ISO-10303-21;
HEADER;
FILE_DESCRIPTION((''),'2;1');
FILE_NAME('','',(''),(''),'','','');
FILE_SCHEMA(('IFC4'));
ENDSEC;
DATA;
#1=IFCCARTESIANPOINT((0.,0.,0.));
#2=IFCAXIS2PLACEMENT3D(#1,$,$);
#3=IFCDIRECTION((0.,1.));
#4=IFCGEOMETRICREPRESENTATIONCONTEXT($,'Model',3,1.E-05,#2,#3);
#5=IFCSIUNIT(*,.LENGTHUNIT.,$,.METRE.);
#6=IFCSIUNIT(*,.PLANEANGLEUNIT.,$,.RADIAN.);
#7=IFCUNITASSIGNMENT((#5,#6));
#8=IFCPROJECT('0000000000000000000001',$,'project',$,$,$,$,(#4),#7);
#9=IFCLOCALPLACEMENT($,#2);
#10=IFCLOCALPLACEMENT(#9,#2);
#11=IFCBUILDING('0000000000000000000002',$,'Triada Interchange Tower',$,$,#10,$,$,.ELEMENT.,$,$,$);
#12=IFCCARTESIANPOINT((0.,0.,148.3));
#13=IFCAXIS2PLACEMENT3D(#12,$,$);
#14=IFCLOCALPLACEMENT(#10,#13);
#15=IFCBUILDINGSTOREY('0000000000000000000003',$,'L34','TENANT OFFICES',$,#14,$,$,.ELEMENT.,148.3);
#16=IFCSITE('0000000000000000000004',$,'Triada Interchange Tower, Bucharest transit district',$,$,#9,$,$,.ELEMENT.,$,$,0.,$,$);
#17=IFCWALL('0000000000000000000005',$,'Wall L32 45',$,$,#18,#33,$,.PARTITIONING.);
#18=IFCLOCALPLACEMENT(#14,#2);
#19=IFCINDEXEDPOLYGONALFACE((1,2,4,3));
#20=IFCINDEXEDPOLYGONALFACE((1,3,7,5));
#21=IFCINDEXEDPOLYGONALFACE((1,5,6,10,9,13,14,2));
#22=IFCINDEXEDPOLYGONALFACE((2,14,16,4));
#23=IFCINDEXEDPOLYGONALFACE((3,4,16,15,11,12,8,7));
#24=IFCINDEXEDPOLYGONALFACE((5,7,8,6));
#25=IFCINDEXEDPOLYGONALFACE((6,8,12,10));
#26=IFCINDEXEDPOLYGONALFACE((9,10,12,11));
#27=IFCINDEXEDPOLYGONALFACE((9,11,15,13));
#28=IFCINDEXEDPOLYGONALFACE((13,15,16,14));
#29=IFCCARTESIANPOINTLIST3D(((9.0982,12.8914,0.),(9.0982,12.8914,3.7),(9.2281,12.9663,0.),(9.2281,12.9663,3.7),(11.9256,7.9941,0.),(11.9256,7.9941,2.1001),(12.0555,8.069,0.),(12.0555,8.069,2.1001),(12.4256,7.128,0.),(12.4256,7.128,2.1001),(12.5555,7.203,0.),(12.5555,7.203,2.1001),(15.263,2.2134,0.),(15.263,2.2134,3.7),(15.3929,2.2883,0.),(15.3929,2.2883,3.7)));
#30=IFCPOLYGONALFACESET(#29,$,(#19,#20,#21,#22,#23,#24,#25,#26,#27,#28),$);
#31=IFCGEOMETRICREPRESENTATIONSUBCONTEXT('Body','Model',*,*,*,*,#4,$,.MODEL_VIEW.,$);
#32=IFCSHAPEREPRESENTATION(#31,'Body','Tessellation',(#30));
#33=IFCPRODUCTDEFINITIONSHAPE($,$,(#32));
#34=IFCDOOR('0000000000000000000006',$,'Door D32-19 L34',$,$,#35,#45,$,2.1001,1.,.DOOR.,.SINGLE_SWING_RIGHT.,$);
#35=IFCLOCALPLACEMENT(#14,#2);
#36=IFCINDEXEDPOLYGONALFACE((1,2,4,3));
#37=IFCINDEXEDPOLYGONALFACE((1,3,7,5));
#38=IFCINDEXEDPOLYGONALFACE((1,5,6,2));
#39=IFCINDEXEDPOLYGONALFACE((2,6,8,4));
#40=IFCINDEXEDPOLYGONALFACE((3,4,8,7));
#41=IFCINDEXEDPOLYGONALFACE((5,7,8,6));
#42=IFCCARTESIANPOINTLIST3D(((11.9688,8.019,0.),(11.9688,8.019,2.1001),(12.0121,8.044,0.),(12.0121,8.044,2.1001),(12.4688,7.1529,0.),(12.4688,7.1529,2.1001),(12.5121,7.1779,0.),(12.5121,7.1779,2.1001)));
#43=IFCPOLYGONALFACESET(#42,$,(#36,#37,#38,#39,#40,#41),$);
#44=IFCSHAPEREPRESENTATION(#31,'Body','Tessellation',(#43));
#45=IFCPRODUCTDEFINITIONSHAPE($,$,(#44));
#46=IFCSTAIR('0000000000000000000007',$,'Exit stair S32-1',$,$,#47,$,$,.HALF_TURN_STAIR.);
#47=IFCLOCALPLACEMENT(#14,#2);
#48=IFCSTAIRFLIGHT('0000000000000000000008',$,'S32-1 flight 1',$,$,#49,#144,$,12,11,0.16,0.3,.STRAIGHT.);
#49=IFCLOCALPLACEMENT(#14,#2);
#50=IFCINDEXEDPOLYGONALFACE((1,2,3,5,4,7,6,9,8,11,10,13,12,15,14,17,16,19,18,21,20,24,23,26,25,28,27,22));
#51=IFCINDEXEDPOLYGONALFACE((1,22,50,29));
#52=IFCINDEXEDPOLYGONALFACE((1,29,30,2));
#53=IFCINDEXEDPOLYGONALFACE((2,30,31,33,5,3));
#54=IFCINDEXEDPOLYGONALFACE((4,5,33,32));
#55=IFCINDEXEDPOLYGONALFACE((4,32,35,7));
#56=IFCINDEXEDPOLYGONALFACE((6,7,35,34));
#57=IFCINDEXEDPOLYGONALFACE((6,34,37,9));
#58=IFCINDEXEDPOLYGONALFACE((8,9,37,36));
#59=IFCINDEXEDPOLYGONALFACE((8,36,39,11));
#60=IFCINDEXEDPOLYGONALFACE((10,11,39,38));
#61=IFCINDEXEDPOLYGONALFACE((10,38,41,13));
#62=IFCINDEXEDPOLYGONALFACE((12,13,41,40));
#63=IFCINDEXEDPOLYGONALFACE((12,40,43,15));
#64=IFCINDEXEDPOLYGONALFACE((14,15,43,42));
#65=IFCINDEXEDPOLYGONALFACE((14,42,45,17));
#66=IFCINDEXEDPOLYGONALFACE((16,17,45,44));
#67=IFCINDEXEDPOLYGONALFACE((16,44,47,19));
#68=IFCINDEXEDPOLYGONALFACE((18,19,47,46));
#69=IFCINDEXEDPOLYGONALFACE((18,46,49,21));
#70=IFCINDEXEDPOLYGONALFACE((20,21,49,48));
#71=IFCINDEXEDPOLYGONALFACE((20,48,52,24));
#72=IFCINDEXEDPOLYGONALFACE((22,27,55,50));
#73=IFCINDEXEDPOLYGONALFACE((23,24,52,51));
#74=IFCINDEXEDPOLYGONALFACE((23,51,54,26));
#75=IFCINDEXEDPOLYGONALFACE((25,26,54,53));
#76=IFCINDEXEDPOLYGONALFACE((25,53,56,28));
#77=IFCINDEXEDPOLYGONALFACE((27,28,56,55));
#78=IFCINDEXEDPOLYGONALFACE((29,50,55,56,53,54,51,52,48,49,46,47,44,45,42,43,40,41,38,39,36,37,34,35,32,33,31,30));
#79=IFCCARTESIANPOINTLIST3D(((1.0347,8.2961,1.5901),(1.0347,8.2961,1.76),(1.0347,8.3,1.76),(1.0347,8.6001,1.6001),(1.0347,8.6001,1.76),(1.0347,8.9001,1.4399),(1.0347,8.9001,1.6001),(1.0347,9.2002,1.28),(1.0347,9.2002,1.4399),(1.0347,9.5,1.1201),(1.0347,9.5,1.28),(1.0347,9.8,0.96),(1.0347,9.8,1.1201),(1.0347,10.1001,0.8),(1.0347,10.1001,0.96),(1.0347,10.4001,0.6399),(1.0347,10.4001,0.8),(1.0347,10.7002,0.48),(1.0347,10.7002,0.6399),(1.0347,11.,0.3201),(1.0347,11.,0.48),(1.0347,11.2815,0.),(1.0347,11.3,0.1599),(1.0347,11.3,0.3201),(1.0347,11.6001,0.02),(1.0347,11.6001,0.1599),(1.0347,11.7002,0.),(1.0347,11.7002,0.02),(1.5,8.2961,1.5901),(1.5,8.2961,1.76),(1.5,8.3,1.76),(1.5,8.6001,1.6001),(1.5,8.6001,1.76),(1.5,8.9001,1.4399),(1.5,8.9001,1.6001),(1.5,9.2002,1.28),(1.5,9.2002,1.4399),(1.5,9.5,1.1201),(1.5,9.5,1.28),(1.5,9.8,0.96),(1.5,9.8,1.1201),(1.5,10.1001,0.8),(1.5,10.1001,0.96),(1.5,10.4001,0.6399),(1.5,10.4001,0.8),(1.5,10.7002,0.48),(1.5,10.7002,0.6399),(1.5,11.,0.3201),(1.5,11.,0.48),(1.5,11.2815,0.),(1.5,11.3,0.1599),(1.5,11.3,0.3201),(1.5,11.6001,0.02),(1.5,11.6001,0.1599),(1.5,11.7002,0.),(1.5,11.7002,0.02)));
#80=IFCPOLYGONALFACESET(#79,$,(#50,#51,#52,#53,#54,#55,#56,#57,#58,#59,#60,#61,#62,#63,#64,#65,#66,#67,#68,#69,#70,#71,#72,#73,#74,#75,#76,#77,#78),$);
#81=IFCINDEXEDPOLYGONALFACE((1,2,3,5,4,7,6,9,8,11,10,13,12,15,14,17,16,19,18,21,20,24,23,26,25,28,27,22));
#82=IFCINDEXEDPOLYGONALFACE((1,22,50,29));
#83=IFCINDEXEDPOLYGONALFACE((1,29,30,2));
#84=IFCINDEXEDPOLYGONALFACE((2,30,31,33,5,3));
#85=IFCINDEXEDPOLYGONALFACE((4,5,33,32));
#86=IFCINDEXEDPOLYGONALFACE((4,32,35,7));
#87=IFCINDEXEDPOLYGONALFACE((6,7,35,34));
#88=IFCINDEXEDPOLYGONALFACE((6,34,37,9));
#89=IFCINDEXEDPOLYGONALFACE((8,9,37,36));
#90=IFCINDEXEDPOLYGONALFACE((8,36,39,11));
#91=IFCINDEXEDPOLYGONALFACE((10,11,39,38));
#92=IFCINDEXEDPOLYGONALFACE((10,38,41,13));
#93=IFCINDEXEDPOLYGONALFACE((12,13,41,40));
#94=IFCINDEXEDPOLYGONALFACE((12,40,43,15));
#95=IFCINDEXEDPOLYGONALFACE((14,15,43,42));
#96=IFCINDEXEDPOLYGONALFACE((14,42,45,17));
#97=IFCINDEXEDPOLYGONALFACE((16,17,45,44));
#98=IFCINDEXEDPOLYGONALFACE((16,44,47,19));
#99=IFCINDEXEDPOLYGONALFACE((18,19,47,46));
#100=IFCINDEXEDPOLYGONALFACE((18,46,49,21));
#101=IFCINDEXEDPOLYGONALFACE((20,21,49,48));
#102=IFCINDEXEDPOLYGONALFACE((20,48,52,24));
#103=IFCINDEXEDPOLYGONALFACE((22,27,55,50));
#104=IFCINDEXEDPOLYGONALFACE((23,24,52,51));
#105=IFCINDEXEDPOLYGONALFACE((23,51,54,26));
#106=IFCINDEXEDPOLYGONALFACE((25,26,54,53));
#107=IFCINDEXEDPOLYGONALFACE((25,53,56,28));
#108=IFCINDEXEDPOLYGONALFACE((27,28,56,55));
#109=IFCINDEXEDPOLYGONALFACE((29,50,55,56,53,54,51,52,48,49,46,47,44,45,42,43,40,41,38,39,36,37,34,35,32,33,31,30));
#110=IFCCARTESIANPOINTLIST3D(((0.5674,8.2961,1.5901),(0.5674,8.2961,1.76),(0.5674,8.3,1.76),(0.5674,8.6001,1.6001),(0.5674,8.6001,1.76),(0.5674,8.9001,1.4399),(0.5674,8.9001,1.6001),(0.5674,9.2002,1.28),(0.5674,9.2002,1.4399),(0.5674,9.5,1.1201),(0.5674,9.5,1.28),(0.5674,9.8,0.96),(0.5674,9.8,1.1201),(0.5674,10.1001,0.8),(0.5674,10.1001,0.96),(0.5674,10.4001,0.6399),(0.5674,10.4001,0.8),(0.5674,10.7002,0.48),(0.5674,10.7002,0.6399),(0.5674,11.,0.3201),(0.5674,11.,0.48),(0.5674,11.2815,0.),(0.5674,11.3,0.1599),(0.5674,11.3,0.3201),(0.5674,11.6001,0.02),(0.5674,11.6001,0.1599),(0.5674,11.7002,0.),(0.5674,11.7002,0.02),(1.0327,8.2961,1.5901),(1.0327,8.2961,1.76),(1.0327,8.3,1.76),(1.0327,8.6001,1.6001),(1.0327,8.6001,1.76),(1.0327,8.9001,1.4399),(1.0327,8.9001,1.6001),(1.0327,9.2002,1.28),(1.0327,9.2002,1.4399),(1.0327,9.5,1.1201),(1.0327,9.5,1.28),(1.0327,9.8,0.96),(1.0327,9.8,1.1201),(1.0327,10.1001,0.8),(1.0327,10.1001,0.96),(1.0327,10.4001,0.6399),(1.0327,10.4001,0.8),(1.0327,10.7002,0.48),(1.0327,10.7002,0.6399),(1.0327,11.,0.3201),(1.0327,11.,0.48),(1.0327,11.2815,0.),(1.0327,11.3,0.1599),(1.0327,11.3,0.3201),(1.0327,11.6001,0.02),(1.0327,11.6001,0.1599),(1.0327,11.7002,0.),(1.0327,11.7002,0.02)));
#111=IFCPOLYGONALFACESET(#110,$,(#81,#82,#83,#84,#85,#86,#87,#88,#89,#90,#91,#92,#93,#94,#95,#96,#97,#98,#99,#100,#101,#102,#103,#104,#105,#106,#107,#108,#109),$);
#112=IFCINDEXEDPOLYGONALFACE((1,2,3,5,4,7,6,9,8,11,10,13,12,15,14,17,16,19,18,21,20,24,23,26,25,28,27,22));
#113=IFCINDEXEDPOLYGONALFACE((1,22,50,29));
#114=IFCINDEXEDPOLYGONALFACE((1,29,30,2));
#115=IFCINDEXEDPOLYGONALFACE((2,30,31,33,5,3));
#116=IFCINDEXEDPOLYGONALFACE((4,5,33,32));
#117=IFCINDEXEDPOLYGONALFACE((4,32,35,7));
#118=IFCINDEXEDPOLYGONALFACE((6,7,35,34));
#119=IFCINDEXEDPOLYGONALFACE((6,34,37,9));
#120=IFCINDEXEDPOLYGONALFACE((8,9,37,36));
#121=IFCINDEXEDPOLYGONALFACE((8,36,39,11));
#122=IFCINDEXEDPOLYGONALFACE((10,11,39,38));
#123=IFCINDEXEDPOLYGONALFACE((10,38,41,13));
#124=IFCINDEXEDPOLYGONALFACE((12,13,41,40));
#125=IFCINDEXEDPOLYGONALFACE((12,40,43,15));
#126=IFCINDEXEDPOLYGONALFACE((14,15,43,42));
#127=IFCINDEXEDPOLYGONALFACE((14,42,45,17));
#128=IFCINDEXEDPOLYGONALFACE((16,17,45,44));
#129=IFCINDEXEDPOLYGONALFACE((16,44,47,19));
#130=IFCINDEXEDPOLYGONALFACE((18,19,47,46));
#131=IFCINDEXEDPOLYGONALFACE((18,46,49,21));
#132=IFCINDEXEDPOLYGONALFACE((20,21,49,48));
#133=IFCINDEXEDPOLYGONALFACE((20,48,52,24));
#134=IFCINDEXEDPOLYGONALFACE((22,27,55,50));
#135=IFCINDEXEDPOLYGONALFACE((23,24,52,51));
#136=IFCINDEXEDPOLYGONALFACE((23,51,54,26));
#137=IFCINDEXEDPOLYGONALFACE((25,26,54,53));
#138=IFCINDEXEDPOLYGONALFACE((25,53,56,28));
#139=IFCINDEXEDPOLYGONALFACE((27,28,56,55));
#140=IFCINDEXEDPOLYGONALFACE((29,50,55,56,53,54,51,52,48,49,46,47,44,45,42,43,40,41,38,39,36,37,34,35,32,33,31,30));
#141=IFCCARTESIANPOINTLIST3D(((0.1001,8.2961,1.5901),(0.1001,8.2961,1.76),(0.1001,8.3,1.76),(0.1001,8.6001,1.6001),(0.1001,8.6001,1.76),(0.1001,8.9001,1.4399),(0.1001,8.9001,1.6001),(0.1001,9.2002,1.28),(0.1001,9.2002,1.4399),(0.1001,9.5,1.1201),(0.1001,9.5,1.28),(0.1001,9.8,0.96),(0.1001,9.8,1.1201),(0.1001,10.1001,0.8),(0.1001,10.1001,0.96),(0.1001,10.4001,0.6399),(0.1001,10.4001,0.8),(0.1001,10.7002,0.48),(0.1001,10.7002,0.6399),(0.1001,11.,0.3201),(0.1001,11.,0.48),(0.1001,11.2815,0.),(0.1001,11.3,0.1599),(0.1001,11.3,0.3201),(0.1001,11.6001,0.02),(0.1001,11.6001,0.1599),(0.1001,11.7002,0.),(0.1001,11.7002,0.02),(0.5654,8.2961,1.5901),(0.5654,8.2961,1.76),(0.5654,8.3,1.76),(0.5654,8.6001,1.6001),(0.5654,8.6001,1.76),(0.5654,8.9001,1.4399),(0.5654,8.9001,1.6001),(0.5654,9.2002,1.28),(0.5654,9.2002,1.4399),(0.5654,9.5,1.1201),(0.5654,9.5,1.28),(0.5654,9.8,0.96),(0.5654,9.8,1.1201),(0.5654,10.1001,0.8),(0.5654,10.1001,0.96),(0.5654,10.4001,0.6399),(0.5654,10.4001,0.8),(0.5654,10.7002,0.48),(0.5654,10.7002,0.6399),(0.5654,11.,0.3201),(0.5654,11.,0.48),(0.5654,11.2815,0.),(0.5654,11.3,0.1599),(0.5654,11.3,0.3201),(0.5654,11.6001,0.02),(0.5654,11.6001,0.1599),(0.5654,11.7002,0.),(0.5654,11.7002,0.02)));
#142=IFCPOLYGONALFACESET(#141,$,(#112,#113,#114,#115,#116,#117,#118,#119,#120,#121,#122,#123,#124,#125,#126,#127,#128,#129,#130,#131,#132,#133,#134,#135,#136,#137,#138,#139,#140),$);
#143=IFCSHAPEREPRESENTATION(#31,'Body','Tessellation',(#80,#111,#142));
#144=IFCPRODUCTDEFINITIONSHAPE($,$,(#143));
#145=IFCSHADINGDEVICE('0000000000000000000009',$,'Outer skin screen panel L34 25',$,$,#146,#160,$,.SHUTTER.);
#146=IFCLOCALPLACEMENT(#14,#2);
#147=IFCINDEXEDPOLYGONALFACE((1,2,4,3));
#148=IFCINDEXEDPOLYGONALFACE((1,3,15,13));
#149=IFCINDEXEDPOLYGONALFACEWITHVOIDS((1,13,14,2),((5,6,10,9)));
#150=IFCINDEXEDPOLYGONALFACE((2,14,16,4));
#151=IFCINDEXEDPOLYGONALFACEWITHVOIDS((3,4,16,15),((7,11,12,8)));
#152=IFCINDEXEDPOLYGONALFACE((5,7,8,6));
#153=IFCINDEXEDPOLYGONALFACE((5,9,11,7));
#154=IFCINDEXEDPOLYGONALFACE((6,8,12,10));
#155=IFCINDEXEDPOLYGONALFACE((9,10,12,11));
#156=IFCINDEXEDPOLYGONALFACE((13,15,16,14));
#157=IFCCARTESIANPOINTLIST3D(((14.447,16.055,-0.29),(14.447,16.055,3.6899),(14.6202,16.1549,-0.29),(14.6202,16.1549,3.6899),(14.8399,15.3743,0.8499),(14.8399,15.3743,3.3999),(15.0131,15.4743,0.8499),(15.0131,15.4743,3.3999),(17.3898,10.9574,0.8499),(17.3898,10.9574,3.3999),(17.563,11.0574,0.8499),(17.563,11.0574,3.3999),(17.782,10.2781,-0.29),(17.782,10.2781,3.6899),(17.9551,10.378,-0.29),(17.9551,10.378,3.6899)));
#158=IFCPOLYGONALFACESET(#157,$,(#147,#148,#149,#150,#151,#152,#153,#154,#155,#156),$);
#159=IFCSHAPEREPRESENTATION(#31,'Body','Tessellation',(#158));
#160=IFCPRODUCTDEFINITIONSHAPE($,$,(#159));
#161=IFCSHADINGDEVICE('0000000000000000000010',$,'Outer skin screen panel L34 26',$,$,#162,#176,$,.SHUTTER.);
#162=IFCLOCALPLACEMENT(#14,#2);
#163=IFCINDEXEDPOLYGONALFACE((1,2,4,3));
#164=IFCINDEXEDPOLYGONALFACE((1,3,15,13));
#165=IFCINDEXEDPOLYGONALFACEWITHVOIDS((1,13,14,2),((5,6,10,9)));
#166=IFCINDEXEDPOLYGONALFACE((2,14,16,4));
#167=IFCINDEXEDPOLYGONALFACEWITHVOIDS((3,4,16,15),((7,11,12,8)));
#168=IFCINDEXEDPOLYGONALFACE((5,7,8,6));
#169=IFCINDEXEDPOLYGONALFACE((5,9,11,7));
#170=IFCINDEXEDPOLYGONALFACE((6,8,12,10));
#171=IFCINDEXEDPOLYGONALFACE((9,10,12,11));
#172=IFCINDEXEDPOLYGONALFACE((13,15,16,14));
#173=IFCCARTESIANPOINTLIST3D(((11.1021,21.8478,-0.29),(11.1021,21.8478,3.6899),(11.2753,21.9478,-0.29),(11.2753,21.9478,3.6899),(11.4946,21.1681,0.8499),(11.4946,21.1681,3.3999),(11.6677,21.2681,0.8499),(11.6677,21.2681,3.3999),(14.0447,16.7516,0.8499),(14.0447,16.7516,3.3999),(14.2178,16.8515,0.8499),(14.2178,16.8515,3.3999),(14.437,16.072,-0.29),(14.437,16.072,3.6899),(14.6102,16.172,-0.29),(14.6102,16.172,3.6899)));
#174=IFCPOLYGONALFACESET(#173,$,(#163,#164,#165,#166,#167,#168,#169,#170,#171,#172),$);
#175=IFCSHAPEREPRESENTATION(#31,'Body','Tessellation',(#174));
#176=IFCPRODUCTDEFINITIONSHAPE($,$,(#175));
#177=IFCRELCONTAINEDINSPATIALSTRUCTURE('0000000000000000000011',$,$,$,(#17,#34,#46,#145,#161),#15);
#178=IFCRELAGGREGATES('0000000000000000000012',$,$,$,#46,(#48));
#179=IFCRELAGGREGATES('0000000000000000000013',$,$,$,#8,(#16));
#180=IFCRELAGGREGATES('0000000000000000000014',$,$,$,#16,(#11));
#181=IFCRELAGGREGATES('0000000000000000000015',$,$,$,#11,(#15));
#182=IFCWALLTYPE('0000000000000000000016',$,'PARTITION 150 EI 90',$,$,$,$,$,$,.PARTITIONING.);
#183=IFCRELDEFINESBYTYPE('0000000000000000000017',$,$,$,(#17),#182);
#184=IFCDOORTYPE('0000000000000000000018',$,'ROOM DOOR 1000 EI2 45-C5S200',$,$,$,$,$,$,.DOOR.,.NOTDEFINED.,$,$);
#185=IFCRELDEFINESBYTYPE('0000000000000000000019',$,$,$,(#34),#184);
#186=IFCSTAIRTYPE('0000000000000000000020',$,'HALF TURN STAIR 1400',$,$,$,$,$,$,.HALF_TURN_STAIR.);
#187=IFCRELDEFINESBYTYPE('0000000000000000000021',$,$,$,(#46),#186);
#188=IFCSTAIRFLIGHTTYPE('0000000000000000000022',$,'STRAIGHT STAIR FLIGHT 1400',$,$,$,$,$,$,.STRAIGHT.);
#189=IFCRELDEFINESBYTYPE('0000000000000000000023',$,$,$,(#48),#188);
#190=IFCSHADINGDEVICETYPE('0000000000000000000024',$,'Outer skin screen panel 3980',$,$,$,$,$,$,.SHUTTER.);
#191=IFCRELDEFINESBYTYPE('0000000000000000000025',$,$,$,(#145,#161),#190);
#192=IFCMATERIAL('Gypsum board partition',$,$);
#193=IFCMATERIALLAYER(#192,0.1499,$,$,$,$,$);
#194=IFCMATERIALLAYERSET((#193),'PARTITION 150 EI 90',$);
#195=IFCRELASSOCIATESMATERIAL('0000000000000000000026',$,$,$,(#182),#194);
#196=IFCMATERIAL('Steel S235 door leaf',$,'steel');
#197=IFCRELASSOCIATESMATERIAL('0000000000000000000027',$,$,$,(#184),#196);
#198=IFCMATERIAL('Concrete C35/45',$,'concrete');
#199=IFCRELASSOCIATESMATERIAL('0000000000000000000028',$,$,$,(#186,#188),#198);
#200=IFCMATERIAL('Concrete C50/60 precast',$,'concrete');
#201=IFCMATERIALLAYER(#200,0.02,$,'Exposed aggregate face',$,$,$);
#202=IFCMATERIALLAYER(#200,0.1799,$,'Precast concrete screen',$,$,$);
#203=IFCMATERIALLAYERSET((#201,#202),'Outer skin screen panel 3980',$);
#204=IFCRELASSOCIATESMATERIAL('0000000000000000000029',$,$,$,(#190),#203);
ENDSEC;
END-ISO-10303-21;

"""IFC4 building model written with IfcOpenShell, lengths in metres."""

from ifc_helpers import new_model, si_unit, direction, frame, frame_2d, origin, place, context, subcontext, project, spatial, polyline, rectangle, outline, extrude, material, layer, layer_set, type_object, element, fill, aggregate, save


model = new_model("IFC4")

# Units and contexts
model_context = context("Model", 3, precision=1e-05, world=origin(), true_north=direction((0.0, 1.0)))
body_context = subcontext(model_context, "Body", "Model", "MODEL_VIEW")
ifc_project = project(units=[si_unit("LENGTHUNIT", "METRE"), si_unit("PLANEANGLEUNIT", "RADIAN")], contexts=[model_context])

# Site, building, storey
site_placement = place(None, origin())
site = spatial("IfcSite", under=ifc_project, at=site_placement, Name="Triada Interchange Tower, Bucharest transit district", CompositionType="ELEMENT", RefElevation=0.0)
building_placement = place(site_placement, origin())
building = spatial("IfcBuilding", under=site, at=building_placement, Name="Triada Interchange Tower", CompositionType="ELEMENT")
storey_placement = place(building_placement, frame((0.0, 0.0, 148.3)))
storey = spatial("IfcBuildingStorey", under=building, at=storey_placement, Name="L34", Description="TENANT OFFICES", CompositionType="ELEMENT", Elevation=148.3)

# Shared definitions
ifc_material_1 = material(Name="Steel S235 door leaf", Category="steel")

# Shared definitions
ifc_material_2 = material(Name="Gypsum board partition")

# Wall, opening, door
ifc_layer_1 = layer(ifc_material_2, 0.1499)
ifc_layer_set_1 = layer_set([ifc_layer_1], Name="PARTITION 150 EI 90")
wall_type_1 = type_object("IfcWallType", Name="PARTITION 150 EI 90", PredefinedType="PARTITIONING", material=ifc_layer_set_1)
wall_1_placement = place(storey_placement, frame((9.1631, 12.929, 0.0), z_axis=(0.0, 0.0, 1.0), x_axis=(0.499992, -0.86603, 0.0)))
wall_1 = element("IfcWall", 1, at=wall_1_placement, inside=storey, type_object=wall_type_1, Name="Wall L32 45", PredefinedType="PARTITIONING", context=body_context, shape_type="SweptSolid", body=[
    extrude(rectangle(XDim=12.3298, YDim=0.1499, at=frame_2d((6.165, 0.0))), origin(), (0.0, 0.0, 1.0), 3.7),
])
opening_1_placement = place(wall_1_placement, frame((5.655, 0.0, 0.0)))
opening_1 = element("IfcOpeningElement", 2, at=opening_1_placement, cuts=wall_1, PredefinedType="OPENING", context=body_context, shape_type="SweptSolid", body=[
    extrude(rectangle(XDim=1.0, YDim=2.1001, at=frame_2d((0.5, 1.05))), frame((0.0, 0.085, 0.0), z_axis=(0.0, -1.0, 0.0), x_axis=(1.0, 0.0, 0.0)), (0.0, 0.0, 1.0), 0.1699),
])
door_type_1 = type_object("IfcDoorType", Name="ROOM DOOR 1000 EI2 45-C5S200", OperationType="NOTDEFINED", PredefinedType="DOOR", material=ifc_material_1)
door_1_placement = place(opening_1_placement, origin())
door_1 = element("IfcDoor", 3, at=door_1_placement, inside=storey, type_object=door_type_1, Name="Door D32-19 L34", OperationType="SINGLE_SWING_RIGHT", OverallHeight=2.1001, OverallWidth=1.0, PredefinedType="DOOR", context=body_context, shape_type="SweptSolid", body=[
    extrude(rectangle(XDim=1.0, YDim=2.1001, at=frame_2d((0.5, 1.05))), frame((0.0, 0.0249, 0.0), z_axis=(0.0, -1.0, 0.0), x_axis=(1.0, 0.0, 0.0)), (0.0, 0.0, 1.0), 0.05),
])
fill(opening_1, door_1)

# Stair, stair flight
ifc_material_3 = material(Name="Concrete C35/45", Category="concrete")
stair_type = type_object("IfcStairType", Name="HALF TURN STAIR 1400", PredefinedType="HALF_TURN_STAIR", material=ifc_material_3)
stair_placement = place(storey_placement, origin())
stair = element("IfcStair", 4, at=stair_placement, inside=storey, type_object=stair_type, Name="Exit stair S32-1", PredefinedType="HALF_TURN_STAIR")
stair_flight_type = type_object("IfcStairFlightType", Name="STRAIGHT STAIR FLIGHT 1400", PredefinedType="STRAIGHT", material=ifc_material_3)
stair_flight_placement = place(storey_placement, frame((0.8, 11.6001, 0.0), z_axis=(0.0, 0.0, 1.0), x_axis=(0.0, -1.0, 0.0)))
stair_flight = element("IfcStairFlight", 5, at=stair_flight_placement, type_object=stair_flight_type, Name="S32-1 flight 1", NumberOfRisers=12, NumberOfTreads=11, PredefinedType="STRAIGHT", RiserHeight=0.16, TreadLength=0.3, context=body_context, shape_type="SweptSolid", body=[
    extrude(outline(polyline([(-0.1001, 0.0), (-0.1001, 0.02), (0.0, 0.02), (0.0, 0.1599), (0.3, 0.1599), (0.3, 0.3201), (0.6001, 0.3201), (0.6001, 0.48), (0.8999, 0.48), (0.8999, 0.6399), (1.2, 0.6399), (1.2, 0.8), (1.5, 0.8), (1.5, 0.96), (1.8, 0.96), (1.8, 1.1201), (2.1001, 1.1201), (2.1001, 1.28), (2.3999, 1.28), (2.3999, 1.4399), (2.7, 1.4399), (2.7, 1.6001), (3.0, 1.6001), (3.0, 1.76), (3.3, 1.76), (3.304, 1.76), (3.304, 1.9199), (3.304, 1.5901), (0.3186, 0.0), (-0.1001, 0.0)])), frame((0.0, 0.7, 0.0), z_axis=(0.0, -1.0, 0.0), x_axis=(1.0, 0.0, 0.0)), (0.0, 0.0, 1.0), 0.4653),
    extrude(outline(polyline([(-0.1001, 0.0), (-0.1001, 0.02), (0.0, 0.02), (0.0, 0.1599), (0.3, 0.1599), (0.3, 0.3201), (0.6001, 0.3201), (0.6001, 0.48), (0.8999, 0.48), (0.8999, 0.6399), (1.2, 0.6399), (1.2, 0.8), (1.5, 0.8), (1.5, 0.96), (1.8, 0.96), (1.8, 1.1201), (2.1001, 1.1201), (2.1001, 1.28), (2.3999, 1.28), (2.3999, 1.4399), (2.7, 1.4399), (2.7, 1.6001), (3.0, 1.6001), (3.0, 1.76), (3.3, 1.76), (3.304, 1.76), (3.304, 1.9199), (3.304, 1.5901), (0.3186, 0.0), (-0.1001, 0.0)])), frame((0.0, 0.2327, 0.0), z_axis=(0.0, -1.0, 0.0), x_axis=(1.0, 0.0, 0.0)), (0.0, 0.0, 1.0), 0.4653),
    extrude(outline(polyline([(-0.1001, 0.0), (-0.1001, 0.02), (0.0, 0.02), (0.0, 0.1599), (0.3, 0.1599), (0.3, 0.3201), (0.6001, 0.3201), (0.6001, 0.48), (0.8999, 0.48), (0.8999, 0.6399), (1.2, 0.6399), (1.2, 0.8), (1.5, 0.8), (1.5, 0.96), (1.8, 0.96), (1.8, 1.1201), (2.1001, 1.1201), (2.1001, 1.28), (2.3999, 1.28), (2.3999, 1.4399), (2.7, 1.4399), (2.7, 1.6001), (3.0, 1.6001), (3.0, 1.76), (3.3, 1.76), (3.304, 1.76), (3.304, 1.9199), (3.304, 1.5901), (0.3186, 0.0), (-0.1001, 0.0)])), frame((0.0, -0.2346, 0.0), z_axis=(0.0, -1.0, 0.0), x_axis=(1.0, 0.0, 0.0)), (0.0, 0.0, 1.0), 0.4653),
])

# Shading devices
ifc_material_4 = material(Name="Concrete C50/60 precast", Category="concrete")
ifc_layer_2 = layer(ifc_material_4, 0.02, Name="Exposed aggregate face")
ifc_layer_3 = layer(ifc_material_4, 0.1799, Name="Precast concrete screen")
ifc_layer_set_2 = layer_set([ifc_layer_2, ifc_layer_3], Name="Outer skin screen panel 3980")
shading_device_type = type_object("IfcShadingDeviceType", Name="Outer skin screen panel 3980", PredefinedType="SHUTTER", material=ifc_layer_set_2)
shading_device_1_placement = place(storey_placement, frame((17.782, 10.2781, -0.29), z_axis=(0.0, 0.0, 1.0), x_axis=(-0.499965, 0.866045, 0.0)))
element("IfcShadingDevice", 6, at=shading_device_1_placement, inside=storey, type_object=shading_device_type, Name="Outer skin screen panel L34 25", PredefinedType="SHUTTER", context=body_context, shape_type="SweptSolid", body=[
    extrude(outline(polyline([(0.0, 0.0), (6.6704, 0.0), (6.6704, 3.98), (0.0, 3.98), (0.0, 0.0)]), holes=[polyline([(0.7844, 1.1399), (0.7844, 3.6899), (5.8845, 3.6899), (5.8845, 1.1399), (0.7844, 1.1399)])]), frame((0.0, 0.0, 0.0), z_axis=(0.0, -1.0, 0.0), x_axis=(1.0, 0.0, 0.0)), (0.0, 0.0, 1.0), 0.2),
])
shading_device_2_placement = place(storey_placement, frame((14.437, 16.072, -0.29), z_axis=(0.0, 0.0, 1.0), x_axis=(-0.500029, 0.866009, 0.0)))
element("IfcShadingDevice", 7, at=shading_device_2_placement, inside=storey, type_object=shading_device_type, Name="Outer skin screen panel L34 26", PredefinedType="SHUTTER", context=body_context, shape_type="SweptSolid", body=[
    extrude(outline(polyline([(0.0, 0.0), (6.6694, 0.0), (6.6694, 3.98), (0.0, 3.98), (0.0, 0.0)]), holes=[polyline([(0.7847, 1.1399), (0.7847, 3.6899), (5.8845, 3.6899), (5.8845, 1.1399), (0.7847, 1.1399)])]), frame((0.0, 0.0, 0.0), z_axis=(0.0, -1.0, 0.0), x_axis=(1.0, 0.0, 0.0)), (0.0, 0.0, 1.0), 0.2),
])

aggregate(stair, [stair_flight])

save(model, "model.ifc")
